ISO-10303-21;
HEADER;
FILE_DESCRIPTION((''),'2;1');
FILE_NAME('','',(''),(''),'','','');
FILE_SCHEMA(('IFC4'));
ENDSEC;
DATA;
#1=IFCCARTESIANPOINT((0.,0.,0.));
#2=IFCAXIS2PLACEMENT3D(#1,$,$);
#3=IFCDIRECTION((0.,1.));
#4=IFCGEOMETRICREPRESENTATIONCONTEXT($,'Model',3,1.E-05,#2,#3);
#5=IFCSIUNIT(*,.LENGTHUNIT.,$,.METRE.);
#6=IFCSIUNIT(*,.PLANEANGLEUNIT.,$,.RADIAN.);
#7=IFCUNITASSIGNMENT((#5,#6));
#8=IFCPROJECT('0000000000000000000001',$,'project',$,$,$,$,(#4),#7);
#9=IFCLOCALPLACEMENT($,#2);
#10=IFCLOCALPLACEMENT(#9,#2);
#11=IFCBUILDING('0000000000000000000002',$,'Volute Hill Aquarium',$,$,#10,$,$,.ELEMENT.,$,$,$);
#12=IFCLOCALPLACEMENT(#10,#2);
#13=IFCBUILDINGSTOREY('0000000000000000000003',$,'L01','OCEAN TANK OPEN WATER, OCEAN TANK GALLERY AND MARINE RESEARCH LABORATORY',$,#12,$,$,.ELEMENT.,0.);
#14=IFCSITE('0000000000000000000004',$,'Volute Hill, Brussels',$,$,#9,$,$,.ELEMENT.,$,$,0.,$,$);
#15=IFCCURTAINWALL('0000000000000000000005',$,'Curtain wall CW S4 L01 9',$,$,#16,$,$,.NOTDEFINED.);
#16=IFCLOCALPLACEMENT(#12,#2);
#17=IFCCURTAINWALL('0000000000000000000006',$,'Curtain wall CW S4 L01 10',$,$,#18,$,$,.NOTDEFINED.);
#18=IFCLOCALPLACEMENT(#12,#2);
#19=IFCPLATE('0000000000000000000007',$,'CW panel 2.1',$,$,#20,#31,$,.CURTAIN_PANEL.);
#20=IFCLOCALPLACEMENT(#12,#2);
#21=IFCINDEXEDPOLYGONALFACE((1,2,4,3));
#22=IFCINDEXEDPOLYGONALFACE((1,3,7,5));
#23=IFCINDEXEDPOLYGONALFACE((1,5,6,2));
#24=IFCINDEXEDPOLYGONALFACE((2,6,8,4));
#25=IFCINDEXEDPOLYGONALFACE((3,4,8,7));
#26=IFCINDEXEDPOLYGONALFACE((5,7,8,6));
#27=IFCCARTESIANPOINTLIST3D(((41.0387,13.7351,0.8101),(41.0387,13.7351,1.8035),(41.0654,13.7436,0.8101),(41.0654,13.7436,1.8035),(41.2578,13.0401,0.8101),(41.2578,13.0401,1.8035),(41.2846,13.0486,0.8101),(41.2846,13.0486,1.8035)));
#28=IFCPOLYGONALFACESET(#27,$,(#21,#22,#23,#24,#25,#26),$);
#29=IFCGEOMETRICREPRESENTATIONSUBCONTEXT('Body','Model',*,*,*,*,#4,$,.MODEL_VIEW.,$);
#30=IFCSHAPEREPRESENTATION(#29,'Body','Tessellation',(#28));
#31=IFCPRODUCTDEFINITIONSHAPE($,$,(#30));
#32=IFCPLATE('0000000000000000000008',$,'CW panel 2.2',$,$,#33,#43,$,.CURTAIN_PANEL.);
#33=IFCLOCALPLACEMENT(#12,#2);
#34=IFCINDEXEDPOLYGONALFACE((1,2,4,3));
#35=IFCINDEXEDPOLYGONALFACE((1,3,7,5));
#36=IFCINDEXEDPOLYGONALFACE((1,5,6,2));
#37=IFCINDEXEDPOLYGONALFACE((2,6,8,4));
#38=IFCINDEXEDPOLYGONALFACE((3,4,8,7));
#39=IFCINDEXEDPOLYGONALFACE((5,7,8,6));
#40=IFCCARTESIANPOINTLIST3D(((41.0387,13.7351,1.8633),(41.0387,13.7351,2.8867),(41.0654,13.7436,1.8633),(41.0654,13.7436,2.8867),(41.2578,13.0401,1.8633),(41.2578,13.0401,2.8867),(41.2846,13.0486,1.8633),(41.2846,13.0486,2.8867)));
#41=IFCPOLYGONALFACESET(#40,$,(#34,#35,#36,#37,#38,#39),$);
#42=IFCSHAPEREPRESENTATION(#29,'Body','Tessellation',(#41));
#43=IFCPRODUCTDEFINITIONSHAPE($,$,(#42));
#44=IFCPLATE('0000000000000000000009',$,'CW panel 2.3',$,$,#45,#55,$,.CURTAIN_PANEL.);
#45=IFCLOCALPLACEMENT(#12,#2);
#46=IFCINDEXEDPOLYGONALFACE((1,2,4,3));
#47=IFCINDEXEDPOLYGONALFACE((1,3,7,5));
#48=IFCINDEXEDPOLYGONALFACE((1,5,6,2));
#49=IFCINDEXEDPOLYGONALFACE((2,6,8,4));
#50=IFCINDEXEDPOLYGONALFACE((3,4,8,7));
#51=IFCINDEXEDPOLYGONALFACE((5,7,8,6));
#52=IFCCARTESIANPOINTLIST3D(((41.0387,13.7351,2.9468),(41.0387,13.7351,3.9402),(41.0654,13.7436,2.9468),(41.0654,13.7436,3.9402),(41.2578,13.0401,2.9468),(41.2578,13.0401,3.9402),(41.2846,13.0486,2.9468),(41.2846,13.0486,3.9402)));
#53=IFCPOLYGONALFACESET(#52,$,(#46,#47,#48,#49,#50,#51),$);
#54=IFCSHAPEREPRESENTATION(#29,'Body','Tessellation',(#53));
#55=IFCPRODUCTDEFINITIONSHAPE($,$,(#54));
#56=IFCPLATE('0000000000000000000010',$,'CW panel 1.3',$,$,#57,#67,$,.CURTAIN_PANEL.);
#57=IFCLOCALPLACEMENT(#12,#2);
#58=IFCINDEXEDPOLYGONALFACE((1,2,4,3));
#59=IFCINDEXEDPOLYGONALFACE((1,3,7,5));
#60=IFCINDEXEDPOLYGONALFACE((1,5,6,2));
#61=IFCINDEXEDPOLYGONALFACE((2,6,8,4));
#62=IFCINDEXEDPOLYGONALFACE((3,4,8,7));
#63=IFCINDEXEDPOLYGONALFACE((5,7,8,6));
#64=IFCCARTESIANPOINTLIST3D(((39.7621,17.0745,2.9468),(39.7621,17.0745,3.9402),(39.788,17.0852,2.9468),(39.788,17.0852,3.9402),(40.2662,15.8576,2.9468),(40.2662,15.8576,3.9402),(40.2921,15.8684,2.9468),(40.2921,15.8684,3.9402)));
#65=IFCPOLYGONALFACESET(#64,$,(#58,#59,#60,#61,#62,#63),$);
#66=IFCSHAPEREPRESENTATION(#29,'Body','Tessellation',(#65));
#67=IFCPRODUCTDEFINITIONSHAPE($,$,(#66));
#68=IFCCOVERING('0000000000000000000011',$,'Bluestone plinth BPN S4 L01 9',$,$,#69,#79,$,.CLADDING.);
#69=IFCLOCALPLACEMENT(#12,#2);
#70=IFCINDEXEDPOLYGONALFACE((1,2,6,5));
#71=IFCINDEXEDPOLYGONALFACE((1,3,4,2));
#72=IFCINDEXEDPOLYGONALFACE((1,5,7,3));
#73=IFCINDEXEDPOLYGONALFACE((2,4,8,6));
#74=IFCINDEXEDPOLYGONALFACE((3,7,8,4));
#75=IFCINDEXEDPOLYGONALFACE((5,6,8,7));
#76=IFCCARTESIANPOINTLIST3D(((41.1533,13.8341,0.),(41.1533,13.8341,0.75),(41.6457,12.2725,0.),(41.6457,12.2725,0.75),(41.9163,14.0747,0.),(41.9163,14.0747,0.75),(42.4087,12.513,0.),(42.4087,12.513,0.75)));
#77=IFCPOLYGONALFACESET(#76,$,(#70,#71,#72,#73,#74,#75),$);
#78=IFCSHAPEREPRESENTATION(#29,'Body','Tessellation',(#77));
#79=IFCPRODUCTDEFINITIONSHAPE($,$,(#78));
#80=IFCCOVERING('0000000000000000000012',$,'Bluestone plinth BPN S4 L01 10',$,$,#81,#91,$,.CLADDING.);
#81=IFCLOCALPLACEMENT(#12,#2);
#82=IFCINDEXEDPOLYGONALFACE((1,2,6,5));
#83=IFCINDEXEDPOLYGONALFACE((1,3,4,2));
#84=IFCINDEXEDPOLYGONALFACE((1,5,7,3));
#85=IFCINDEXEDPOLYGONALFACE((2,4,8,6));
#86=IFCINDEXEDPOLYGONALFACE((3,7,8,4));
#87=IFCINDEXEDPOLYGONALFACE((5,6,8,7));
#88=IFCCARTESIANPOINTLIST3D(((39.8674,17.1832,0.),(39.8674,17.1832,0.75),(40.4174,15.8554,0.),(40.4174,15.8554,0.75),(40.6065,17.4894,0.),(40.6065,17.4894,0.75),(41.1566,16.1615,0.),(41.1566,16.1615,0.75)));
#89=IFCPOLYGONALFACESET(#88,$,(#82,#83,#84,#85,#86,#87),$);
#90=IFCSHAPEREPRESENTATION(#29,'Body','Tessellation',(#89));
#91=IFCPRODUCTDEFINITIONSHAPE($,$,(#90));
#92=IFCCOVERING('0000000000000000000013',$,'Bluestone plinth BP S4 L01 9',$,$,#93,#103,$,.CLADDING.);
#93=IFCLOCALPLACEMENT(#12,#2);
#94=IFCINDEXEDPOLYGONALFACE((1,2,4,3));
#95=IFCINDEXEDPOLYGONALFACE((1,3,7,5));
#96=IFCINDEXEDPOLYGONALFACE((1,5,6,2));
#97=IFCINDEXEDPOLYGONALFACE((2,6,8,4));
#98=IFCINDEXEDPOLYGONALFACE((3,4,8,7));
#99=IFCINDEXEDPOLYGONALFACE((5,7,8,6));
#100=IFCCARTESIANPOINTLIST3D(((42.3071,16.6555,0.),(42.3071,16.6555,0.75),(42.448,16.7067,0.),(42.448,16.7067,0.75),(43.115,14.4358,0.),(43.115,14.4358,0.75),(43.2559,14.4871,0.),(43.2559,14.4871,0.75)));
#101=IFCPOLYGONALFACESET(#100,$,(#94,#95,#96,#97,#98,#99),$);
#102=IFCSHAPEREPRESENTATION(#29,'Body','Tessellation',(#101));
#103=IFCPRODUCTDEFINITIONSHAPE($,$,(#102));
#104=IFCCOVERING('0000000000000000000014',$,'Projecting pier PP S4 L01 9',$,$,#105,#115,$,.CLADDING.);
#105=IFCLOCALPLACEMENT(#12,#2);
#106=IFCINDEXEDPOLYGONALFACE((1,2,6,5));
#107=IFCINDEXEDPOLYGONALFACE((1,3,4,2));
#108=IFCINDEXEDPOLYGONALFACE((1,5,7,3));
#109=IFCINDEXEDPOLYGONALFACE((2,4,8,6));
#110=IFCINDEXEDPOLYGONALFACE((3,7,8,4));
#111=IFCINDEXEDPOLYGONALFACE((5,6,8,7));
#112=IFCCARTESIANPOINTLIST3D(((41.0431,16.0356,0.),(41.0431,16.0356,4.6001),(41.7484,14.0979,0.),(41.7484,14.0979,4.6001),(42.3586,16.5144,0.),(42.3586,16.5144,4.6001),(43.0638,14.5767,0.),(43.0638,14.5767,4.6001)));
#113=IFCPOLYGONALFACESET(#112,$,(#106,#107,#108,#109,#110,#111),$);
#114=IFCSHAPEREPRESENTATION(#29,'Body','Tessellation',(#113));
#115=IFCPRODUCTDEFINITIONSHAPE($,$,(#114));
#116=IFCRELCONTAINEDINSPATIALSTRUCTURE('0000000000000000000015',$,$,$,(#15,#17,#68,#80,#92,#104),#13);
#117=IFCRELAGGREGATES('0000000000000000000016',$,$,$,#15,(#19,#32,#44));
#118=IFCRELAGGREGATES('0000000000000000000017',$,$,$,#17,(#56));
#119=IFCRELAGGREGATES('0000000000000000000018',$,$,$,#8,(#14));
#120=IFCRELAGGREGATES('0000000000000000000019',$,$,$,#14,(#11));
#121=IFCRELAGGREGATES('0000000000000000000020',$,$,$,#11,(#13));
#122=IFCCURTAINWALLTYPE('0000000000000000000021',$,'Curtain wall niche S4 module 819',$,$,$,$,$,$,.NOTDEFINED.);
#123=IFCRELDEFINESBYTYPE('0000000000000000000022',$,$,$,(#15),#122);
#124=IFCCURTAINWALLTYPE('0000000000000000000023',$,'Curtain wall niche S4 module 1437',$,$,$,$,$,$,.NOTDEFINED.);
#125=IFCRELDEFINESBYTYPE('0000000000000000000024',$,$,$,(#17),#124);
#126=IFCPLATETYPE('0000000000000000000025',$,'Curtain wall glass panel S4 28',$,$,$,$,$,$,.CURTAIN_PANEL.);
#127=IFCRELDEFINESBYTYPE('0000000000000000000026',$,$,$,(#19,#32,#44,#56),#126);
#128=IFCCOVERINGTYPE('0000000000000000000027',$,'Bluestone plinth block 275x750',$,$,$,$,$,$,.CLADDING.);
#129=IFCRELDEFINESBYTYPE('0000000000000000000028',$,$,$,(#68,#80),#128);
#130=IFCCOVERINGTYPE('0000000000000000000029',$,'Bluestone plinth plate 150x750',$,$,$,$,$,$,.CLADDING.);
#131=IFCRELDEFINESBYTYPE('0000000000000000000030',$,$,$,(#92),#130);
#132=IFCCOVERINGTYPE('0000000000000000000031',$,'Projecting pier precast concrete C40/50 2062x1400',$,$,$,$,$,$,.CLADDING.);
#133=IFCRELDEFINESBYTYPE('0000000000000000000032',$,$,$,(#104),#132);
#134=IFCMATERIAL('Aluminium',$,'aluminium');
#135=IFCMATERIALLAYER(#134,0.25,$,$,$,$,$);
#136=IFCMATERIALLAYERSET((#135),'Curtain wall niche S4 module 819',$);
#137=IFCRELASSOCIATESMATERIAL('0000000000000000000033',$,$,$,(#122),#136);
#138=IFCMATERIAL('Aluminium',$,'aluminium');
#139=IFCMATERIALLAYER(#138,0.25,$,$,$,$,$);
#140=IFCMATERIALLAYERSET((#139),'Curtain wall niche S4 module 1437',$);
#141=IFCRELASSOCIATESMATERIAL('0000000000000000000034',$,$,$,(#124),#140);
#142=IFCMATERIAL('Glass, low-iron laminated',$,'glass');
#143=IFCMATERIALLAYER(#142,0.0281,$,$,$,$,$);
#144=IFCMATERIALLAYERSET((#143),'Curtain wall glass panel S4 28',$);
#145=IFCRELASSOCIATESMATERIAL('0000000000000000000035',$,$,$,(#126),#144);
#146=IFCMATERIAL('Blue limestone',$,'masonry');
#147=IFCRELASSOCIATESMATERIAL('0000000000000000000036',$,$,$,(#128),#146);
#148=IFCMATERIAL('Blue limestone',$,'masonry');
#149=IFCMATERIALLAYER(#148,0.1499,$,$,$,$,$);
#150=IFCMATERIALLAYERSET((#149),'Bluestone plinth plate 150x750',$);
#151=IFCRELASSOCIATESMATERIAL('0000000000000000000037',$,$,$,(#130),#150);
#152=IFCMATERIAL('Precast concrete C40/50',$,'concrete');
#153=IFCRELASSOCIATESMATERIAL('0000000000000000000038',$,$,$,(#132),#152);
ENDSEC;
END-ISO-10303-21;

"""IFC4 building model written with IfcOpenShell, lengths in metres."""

from ifc_helpers import new_model, si_unit, direction, frame, origin, origin_2d, place, context, subcontext, project, spatial, rectangle, extrude, material, layer, layer_set, type_object, element, aggregate, save


model = new_model("IFC4")

# Units and contexts
model_context = context("Model", 3, precision=1e-05, world=origin(), true_north=direction((0.0, 1.0)))
body_context = subcontext(model_context, "Body", "Model", "MODEL_VIEW")
ifc_project = project(units=[si_unit("LENGTHUNIT", "METRE"), si_unit("PLANEANGLEUNIT", "RADIAN")], contexts=[model_context])

# Site, building, storey
site_placement = place(None, origin())
site = spatial("IfcSite", under=ifc_project, at=site_placement, Name="Volute Hill, Brussels", CompositionType="ELEMENT", RefElevation=0.0)
building_placement = place(site_placement, origin())
building = spatial("IfcBuilding", under=site, at=building_placement, Name="Volute Hill Aquarium", CompositionType="ELEMENT")
storey_placement = place(building_placement, origin())
storey = spatial("IfcBuildingStorey", under=building, at=storey_placement, Name="L01", Description="OCEAN TANK OPEN WATER, OCEAN TANK GALLERY AND MARINE RESEARCH LABORATORY", CompositionType="ELEMENT", Elevation=0.0)

# Curtain walls
ifc_material_1 = material(Name="Aluminium", Category="aluminium")
ifc_layer_1 = layer(ifc_material_1, 0.25)
ifc_layer_set_1 = layer_set([ifc_layer_1], Name="Curtain wall niche S4 module 819")
curtain_wall_type_1 = type_object("IfcCurtainWallType", Name="Curtain wall niche S4 module 819", PredefinedType="NOTDEFINED", material=ifc_layer_set_1)
curtain_wall_1_placement = place(storey_placement, origin())
curtain_wall_1 = element("IfcCurtainWall", 1, at=curtain_wall_1_placement, inside=storey, type_object=curtain_wall_type_1, Name="Curtain wall CW S4 L01 9", PredefinedType="NOTDEFINED")
ifc_material_2 = material(Name="Aluminium", Category="aluminium")
ifc_layer_2 = layer(ifc_material_2, 0.25)
ifc_layer_set_2 = layer_set([ifc_layer_2], Name="Curtain wall niche S4 module 1437")
curtain_wall_type_2 = type_object("IfcCurtainWallType", Name="Curtain wall niche S4 module 1437", PredefinedType="NOTDEFINED", material=ifc_layer_set_2)
curtain_wall_2_placement = place(storey_placement, origin())
curtain_wall_2 = element("IfcCurtainWall", 2, at=curtain_wall_2_placement, inside=storey, type_object=curtain_wall_type_2, Name="Curtain wall CW S4 L01 10", PredefinedType="NOTDEFINED")

# Plates
ifc_material_3 = material(Name="Glass, low-iron laminated", Category="glass")
ifc_layer_3 = layer(ifc_material_3, 0.0281)
ifc_layer_set_3 = layer_set([ifc_layer_3], Name="Curtain wall glass panel S4 28")
plate_type = type_object("IfcPlateType", Name="Curtain wall glass panel S4 28", PredefinedType="CURTAIN_PANEL", material=ifc_layer_set_3)
plate_1_placement = place(storey_placement, frame((41.1616, 13.3918, 0.8101), z_axis=(0.0, 0.0, 1.0), x_axis=(-0.30071, 0.953716, 0.0)))
plate_1 = element("IfcPlate", 3, at=plate_1_placement, type_object=plate_type, Name="CW panel 2.1", PredefinedType="CURTAIN_PANEL", context=body_context, shape_type="SweptSolid", body=[
    extrude(rectangle(XDim=0.7288, YDim=0.0281, at=origin_2d()), origin(), (0.0, 0.0, 1.0), 0.9934),
])
plate_2_placement = place(storey_placement, frame((41.1616, 13.3918, 1.8633), z_axis=(0.0, 0.0, 1.0), x_axis=(-0.30071, 0.953716, 0.0)))
plate_2 = element("IfcPlate", 4, at=plate_2_placement, type_object=plate_type, Name="CW panel 2.2", PredefinedType="CURTAIN_PANEL", context=body_context, shape_type="SweptSolid", body=[
    extrude(rectangle(XDim=0.7288, YDim=0.0281, at=origin_2d()), origin(), (0.0, 0.0, 1.0), 1.0234),
])
plate_3_placement = place(storey_placement, frame((41.1616, 13.3918, 2.9468), z_axis=(0.0, 0.0, 1.0), x_axis=(-0.30071, 0.953716, 0.0)))
plate_3 = element("IfcPlate", 5, at=plate_3_placement, type_object=plate_type, Name="CW panel 2.3", PredefinedType="CURTAIN_PANEL", context=body_context, shape_type="SweptSolid", body=[
    extrude(rectangle(XDim=0.7288, YDim=0.0281, at=origin_2d()), origin(), (0.0, 0.0, 1.0), 0.9934),
])
aggregate(curtain_wall_1, [plate_1, plate_2, plate_3])
plate_4_placement = place(storey_placement, frame((40.0271, 16.4714, 2.9468), z_axis=(0.0, 0.0, 1.0), x_axis=(-0.382697, 0.923874, 0.0)))
plate_4 = element("IfcPlate", 6, at=plate_4_placement, type_object=plate_type, Name="CW panel 1.3", PredefinedType="CURTAIN_PANEL", context=body_context, shape_type="SweptSolid", body=[
    extrude(rectangle(XDim=1.3171, YDim=0.0281, at=origin_2d()), origin(), (0.0, 0.0, 1.0), 0.9934),
])
aggregate(curtain_wall_2, [plate_4])

# Coverings
ifc_material_4 = material(Name="Blue limestone", Category="masonry")
covering_type_1 = type_object("IfcCoveringType", Name="Bluestone plinth block 275x750", PredefinedType="CLADDING", material=ifc_material_4)
covering_1_placement = place(storey_placement, frame((41.781, 13.1736, 0.0), z_axis=(0.0, 0.0, 1.0), x_axis=(-0.300713, 0.953715, 0.0)))
element("IfcCovering", 7, at=covering_1_placement, inside=storey, type_object=covering_type_1, Name="Bluestone plinth BPN S4 L01 9", PredefinedType="CLADDING", context=body_context, shape_type="SweptSolid", body=[
    extrude(rectangle(XDim=1.6375, YDim=0.8, at=origin_2d()), origin(), (0.0, 0.0, 1.0), 0.75),
])
covering_2_placement = place(storey_placement, frame((40.512, 16.6724, 0.0), z_axis=(0.0, 0.0, 1.0), x_axis=(-0.382696, 0.923874, 0.0)))
element("IfcCovering", 8, at=covering_2_placement, inside=storey, type_object=covering_type_1, Name="Bluestone plinth BPN S4 L01 10", PredefinedType="CLADDING", context=body_context, shape_type="SweptSolid", body=[
    extrude(rectangle(XDim=1.4373, YDim=0.8, at=origin_2d()), origin(), (0.0, 0.0, 1.0), 0.75),
])
ifc_material_5 = material(Name="Blue limestone", Category="masonry")
ifc_layer_4 = layer(ifc_material_5, 0.1499)
ifc_layer_set_4 = layer_set([ifc_layer_4], Name="Bluestone plinth plate 150x750")
covering_type_2 = type_object("IfcCoveringType", Name="Bluestone plinth plate 150x750", PredefinedType="CLADDING", material=ifc_layer_set_4)
covering_3_placement = place(storey_placement, frame((42.7815, 15.5713, 0.0), z_axis=(0.0, 0.0, 1.0), x_axis=(-0.34202, 0.939693, 0.0)))
element("IfcCovering", 9, at=covering_3_placement, inside=storey, type_object=covering_type_2, Name="Bluestone plinth BP S4 L01 9", PredefinedType="CLADDING", context=body_context, shape_type="SweptSolid", body=[
    extrude(rectangle(XDim=2.3621, YDim=0.1499, at=origin_2d()), origin(), (0.0, 0.0, 1.0), 0.75),
])
ifc_material_6 = material(Name="Precast concrete C40/50", Category="concrete")
covering_type_3 = type_object("IfcCoveringType", Name="Projecting pier precast concrete C40/50 2062x1400", PredefinedType="CLADDING", material=ifc_material_6)
covering_4_placement = place(storey_placement, frame((42.0535, 15.3062, 0.0), z_axis=(0.0, 0.0, 1.0), x_axis=(-0.34202, 0.939693, 0.0)))
element("IfcCovering", 10, at=covering_4_placement, inside=storey, type_object=covering_type_3, Name="Projecting pier PP S4 L01 9", PredefinedType="CLADDING", context=body_context, shape_type="SweptSolid", body=[
    extrude(rectangle(XDim=2.062, YDim=1.3999, at=origin_2d()), origin(), (0.0, 0.0, 1.0), 4.6001),
])

save(model, "model.ifc")
